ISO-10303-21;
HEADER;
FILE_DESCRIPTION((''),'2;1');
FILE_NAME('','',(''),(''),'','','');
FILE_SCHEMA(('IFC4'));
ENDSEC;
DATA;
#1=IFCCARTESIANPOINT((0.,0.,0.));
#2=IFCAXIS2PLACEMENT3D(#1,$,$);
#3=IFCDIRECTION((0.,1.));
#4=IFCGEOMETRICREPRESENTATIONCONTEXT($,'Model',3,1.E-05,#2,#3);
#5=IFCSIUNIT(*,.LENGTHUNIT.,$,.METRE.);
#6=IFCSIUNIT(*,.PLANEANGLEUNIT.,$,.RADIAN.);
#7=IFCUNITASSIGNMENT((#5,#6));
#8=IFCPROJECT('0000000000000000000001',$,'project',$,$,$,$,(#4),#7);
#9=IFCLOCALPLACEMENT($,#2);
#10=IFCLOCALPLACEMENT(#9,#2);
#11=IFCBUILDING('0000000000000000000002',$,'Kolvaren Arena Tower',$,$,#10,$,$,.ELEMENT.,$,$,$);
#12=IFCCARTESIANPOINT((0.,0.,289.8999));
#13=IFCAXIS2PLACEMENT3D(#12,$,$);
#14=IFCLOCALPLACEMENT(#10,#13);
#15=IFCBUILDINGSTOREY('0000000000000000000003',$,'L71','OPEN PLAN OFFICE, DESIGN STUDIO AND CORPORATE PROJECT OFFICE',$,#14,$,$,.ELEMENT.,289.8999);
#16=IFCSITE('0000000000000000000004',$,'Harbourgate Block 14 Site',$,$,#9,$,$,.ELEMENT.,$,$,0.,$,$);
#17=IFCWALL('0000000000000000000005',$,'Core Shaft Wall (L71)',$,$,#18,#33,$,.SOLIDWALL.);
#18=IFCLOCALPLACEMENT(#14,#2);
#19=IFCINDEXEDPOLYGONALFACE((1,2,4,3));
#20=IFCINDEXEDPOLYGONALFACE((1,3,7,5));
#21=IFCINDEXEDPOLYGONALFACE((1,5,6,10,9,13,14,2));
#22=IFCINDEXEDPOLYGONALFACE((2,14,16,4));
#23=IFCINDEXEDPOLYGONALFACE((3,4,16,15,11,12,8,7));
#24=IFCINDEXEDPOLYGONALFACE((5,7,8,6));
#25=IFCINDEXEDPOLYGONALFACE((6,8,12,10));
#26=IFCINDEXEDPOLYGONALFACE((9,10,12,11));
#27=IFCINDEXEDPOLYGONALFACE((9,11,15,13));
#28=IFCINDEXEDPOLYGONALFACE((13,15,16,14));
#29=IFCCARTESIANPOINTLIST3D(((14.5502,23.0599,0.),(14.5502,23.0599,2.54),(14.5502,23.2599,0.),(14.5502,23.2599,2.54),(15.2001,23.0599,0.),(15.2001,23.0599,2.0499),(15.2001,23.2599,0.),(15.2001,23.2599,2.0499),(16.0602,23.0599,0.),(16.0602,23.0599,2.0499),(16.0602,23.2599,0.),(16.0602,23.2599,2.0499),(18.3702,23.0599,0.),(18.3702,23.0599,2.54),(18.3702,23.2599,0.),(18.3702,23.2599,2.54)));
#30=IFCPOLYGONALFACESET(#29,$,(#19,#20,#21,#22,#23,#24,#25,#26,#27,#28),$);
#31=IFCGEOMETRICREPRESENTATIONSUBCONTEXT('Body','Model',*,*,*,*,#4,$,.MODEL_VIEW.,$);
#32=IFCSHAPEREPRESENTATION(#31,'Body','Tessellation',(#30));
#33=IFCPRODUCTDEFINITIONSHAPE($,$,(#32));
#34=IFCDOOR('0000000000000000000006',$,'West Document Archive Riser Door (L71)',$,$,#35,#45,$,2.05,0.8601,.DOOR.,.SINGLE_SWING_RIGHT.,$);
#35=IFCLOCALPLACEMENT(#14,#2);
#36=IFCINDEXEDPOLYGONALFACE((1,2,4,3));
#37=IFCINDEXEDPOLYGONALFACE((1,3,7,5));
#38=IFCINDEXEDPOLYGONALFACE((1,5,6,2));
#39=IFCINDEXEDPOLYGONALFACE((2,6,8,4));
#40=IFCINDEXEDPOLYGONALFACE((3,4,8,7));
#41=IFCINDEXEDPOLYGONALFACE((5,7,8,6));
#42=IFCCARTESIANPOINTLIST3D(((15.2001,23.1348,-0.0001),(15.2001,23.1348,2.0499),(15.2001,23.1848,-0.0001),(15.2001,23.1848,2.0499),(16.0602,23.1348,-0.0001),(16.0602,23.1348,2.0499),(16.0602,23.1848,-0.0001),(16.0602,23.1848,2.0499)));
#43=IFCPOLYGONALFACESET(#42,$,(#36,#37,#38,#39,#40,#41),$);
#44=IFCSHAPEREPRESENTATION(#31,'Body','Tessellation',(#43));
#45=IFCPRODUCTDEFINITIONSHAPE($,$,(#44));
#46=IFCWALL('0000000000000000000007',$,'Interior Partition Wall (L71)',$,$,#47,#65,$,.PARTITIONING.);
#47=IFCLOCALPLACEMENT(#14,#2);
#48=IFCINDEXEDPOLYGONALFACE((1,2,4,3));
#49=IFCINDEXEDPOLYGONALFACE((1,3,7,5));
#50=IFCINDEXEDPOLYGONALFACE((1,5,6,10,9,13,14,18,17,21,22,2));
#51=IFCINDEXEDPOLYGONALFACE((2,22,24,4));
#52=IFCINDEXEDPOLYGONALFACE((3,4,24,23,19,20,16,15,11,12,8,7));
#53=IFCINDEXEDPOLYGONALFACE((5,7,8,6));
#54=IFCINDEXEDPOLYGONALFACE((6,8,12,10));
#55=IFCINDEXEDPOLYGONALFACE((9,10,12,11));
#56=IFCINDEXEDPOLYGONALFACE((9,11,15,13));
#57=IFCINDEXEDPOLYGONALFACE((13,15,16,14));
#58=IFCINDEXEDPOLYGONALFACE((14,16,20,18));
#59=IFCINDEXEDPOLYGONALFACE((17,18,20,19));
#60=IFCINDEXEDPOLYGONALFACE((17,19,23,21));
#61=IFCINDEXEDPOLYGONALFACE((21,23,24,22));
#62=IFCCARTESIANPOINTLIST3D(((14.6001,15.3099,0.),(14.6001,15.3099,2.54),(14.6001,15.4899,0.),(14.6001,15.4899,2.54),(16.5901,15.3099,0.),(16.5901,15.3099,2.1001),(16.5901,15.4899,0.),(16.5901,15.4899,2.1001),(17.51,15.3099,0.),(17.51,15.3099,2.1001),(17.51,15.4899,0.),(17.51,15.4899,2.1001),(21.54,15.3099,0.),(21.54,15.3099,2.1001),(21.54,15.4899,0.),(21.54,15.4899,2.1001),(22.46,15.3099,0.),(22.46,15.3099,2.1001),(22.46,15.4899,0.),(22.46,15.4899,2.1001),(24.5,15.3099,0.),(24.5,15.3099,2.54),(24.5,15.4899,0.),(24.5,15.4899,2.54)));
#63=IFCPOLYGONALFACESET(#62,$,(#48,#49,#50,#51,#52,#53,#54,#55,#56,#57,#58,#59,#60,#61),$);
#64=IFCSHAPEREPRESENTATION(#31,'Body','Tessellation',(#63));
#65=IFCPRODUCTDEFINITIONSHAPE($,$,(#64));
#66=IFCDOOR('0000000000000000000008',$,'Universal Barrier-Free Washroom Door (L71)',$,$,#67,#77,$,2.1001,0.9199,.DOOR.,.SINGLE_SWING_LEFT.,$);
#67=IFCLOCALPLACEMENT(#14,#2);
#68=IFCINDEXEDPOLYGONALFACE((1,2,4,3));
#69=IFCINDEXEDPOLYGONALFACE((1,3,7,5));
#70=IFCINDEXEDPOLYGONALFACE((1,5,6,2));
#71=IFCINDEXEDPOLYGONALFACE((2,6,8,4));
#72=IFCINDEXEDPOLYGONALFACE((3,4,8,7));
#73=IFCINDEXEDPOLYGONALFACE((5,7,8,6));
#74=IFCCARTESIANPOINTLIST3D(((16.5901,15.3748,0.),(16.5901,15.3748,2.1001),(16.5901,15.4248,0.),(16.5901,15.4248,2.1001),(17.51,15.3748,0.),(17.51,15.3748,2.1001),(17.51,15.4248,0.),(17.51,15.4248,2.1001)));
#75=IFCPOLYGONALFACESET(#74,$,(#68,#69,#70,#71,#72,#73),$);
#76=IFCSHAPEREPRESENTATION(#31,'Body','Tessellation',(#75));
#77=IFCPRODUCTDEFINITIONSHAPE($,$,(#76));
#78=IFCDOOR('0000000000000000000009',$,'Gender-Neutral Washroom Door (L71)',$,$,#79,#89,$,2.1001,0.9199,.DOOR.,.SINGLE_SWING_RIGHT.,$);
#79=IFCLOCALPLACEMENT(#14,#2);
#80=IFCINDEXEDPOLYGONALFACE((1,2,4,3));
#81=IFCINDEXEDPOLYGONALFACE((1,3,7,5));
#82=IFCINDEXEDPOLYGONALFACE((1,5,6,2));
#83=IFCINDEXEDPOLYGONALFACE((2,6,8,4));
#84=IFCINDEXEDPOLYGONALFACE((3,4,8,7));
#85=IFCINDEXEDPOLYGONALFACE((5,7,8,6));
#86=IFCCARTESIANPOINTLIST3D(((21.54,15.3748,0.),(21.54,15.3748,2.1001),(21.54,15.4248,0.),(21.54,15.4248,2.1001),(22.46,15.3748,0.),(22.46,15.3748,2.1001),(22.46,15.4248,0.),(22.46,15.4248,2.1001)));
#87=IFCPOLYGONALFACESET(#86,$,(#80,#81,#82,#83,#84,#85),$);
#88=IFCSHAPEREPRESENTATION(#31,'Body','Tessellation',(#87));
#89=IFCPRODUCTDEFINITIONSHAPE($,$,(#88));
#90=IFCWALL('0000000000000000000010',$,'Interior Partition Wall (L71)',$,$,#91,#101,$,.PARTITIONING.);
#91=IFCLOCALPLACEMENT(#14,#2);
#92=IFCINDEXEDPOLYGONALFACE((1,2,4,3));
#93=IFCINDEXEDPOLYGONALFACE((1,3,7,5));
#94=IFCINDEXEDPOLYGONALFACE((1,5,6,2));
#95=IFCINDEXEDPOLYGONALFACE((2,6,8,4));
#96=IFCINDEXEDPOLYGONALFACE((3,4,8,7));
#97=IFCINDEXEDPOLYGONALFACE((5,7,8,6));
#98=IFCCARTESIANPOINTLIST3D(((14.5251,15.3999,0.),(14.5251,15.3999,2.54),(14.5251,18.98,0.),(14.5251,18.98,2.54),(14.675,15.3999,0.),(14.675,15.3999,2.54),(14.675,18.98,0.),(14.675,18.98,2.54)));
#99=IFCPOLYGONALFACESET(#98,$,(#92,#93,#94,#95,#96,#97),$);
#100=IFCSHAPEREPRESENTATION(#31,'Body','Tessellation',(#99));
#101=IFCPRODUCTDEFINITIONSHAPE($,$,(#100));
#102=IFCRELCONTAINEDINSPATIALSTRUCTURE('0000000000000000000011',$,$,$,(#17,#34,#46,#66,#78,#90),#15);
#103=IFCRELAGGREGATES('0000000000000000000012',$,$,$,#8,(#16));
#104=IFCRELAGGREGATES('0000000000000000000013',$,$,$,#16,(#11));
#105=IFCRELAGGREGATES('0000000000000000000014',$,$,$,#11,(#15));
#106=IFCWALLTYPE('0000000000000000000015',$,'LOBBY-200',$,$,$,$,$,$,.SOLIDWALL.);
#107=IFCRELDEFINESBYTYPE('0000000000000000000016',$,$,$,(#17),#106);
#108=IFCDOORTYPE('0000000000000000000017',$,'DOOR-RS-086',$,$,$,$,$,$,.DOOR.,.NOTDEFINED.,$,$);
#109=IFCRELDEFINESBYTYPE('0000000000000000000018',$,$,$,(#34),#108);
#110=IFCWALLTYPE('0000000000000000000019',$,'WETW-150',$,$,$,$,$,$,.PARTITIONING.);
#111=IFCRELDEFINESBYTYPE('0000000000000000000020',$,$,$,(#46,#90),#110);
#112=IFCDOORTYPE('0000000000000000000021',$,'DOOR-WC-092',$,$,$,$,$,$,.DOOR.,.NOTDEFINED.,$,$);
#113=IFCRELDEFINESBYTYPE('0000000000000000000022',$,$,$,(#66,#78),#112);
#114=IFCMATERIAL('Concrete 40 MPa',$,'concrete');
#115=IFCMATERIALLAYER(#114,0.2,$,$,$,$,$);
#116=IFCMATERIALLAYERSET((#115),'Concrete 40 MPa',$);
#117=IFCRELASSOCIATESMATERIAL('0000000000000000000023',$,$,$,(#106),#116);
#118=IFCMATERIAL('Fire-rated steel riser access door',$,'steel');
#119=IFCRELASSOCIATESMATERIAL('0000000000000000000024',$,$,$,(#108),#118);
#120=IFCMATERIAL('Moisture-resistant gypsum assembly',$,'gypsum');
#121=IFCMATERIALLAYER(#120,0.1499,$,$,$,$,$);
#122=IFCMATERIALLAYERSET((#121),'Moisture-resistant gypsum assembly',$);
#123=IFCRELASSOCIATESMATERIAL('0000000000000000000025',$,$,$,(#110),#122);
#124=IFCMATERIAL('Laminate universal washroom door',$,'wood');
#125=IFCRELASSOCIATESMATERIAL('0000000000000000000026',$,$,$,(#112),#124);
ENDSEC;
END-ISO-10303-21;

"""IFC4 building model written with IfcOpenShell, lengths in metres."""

from ifc_helpers import new_model, si_unit, direction, frame, frame_2d, origin, place, context, subcontext, project, spatial, rectangle, extrude, material, layer, layer_set, type_object, element, fill, save


model = new_model("IFC4")

# Units and contexts
model_context = context("Model", 3, precision=1e-05, world=origin(), true_north=direction((0.0, 1.0)))
body_context = subcontext(model_context, "Body", "Model", "MODEL_VIEW")
ifc_project = project(units=[si_unit("LENGTHUNIT", "METRE"), si_unit("PLANEANGLEUNIT", "RADIAN")], contexts=[model_context])

# Site, building, storey
site_placement = place(None, origin())
site = spatial("IfcSite", under=ifc_project, at=site_placement, Name="Harbourgate Block 14 Site", CompositionType="ELEMENT", RefElevation=0.0)
building_placement = place(site_placement, origin())
building = spatial("IfcBuilding", under=site, at=building_placement, Name="Kolvaren Arena Tower", CompositionType="ELEMENT")
storey_placement = place(building_placement, frame((0.0, 0.0, 289.8999)))
storey = spatial("IfcBuildingStorey", under=building, at=storey_placement, Name="L71", Description="OPEN PLAN OFFICE, DESIGN STUDIO AND CORPORATE PROJECT OFFICE", CompositionType="ELEMENT", Elevation=289.8999)

# Wall, opening, door
ifc_material_1 = material(Name="Concrete 40 MPa", Category="concrete")
ifc_layer_1 = layer(ifc_material_1, 0.2)
ifc_layer_set_1 = layer_set([ifc_layer_1], Name="Concrete 40 MPa")
wall_type_1 = type_object("IfcWallType", Name="LOBBY-200", PredefinedType="SOLIDWALL", material=ifc_layer_set_1)
wall_1_placement = place(storey_placement, frame((14.55, 23.1599, 0.0), z_axis=(0.0, 0.0, 1.0), x_axis=(1.0, 0.0, 0.0)))
wall_1 = element("IfcWall", 1, at=wall_1_placement, inside=storey, type_object=wall_type_1, Name="Core Shaft Wall (L71)", PredefinedType="SOLIDWALL", context=body_context, shape_type="SweptSolid", body=[
    extrude(rectangle(XDim=3.8201, YDim=0.2, at=frame_2d((1.9102, 0.0))), origin(), (0.0, 0.0, 1.0), 2.54),
])
opening_1_placement = place(wall_1_placement, frame((0.6499, 0.0, 0.0)))
opening_1 = element("IfcOpeningElement", 2, at=opening_1_placement, cuts=wall_1, PredefinedType="OPENING", context=body_context, shape_type="SweptSolid", body=[
    extrude(rectangle(XDim=0.8601, YDim=2.05, at=frame_2d((0.4302, 1.0249))), frame((0.0, 0.1099, 0.0), z_axis=(0.0, -1.0, 0.0), x_axis=(1.0, 0.0, 0.0)), (0.0, 0.0, 1.0), 0.22),
])
ifc_material_2 = material(Name="Fire-rated steel riser access door", Category="steel")
door_type_1 = type_object("IfcDoorType", Name="DOOR-RS-086", OperationType="NOTDEFINED", PredefinedType="DOOR", material=ifc_material_2)
door_1_placement = place(opening_1_placement, origin())
door_1 = element("IfcDoor", 3, at=door_1_placement, inside=storey, type_object=door_type_1, Name="West Document Archive Riser Door (L71)", OperationType="SINGLE_SWING_RIGHT", OverallHeight=2.05, OverallWidth=0.8601, PredefinedType="DOOR", context=body_context, shape_type="SweptSolid", body=[
    extrude(rectangle(XDim=0.8601, YDim=2.05, at=frame_2d((0.4302, 1.0249))), frame((0.0, 0.0249, 0.0), z_axis=(0.0, -1.0, 0.0), x_axis=(1.0, 0.0, 0.0)), (0.0, 0.0, 1.0), 0.05),
])
fill(opening_1, door_1)

# Wall, openings, doors
ifc_material_3 = material(Name="Moisture-resistant gypsum assembly", Category="gypsum")
ifc_layer_2 = layer(ifc_material_3, 0.1499)
ifc_layer_set_2 = layer_set([ifc_layer_2], Name="Moisture-resistant gypsum assembly")
wall_type_2 = type_object("IfcWallType", Name="WETW-150", PredefinedType="PARTITIONING", material=ifc_layer_set_2)
wall_2_placement = place(storey_placement, frame((14.6001, 15.3999, 0.0), z_axis=(0.0, 0.0, 1.0), x_axis=(1.0, 0.0, 0.0)))
wall_2 = element("IfcWall", 4, at=wall_2_placement, inside=storey, type_object=wall_type_2, Name="Interior Partition Wall (L71)", PredefinedType="PARTITIONING", context=body_context, shape_type="SweptSolid", body=[
    extrude(rectangle(XDim=9.8999, YDim=0.1799, at=frame_2d((4.95, 0.0))), origin(), (0.0, 0.0, 1.0), 2.54),
])
opening_2_placement = place(wall_2_placement, frame((1.99, 0.0, 0.0)))
opening_2 = element("IfcOpeningElement", 5, at=opening_2_placement, cuts=wall_2, PredefinedType="OPENING", context=body_context, shape_type="SweptSolid", body=[
    extrude(rectangle(XDim=0.9199, YDim=2.1001, at=frame_2d((0.46, 1.05))), frame((0.0, 0.0999, 0.0), z_axis=(0.0, -1.0, 0.0), x_axis=(1.0, 0.0, 0.0)), (0.0, 0.0, 1.0), 0.2),
])
opening_3_placement = place(wall_2_placement, frame((6.9399, 0.0, 0.0)))
opening_3 = element("IfcOpeningElement", 6, at=opening_3_placement, cuts=wall_2, PredefinedType="OPENING", context=body_context, shape_type="SweptSolid", body=[
    extrude(rectangle(XDim=0.9199, YDim=2.1001, at=frame_2d((0.46, 1.05))), frame((0.0, 0.0999, 0.0), z_axis=(0.0, -1.0, 0.0), x_axis=(1.0, 0.0, 0.0)), (0.0, 0.0, 1.0), 0.2),
])
ifc_material_4 = material(Name="Laminate universal washroom door", Category="wood")
door_type_2 = type_object("IfcDoorType", Name="DOOR-WC-092", OperationType="NOTDEFINED", PredefinedType="DOOR", material=ifc_material_4)
door_2_placement = place(opening_2_placement, origin())
door_2 = element("IfcDoor", 7, at=door_2_placement, inside=storey, type_object=door_type_2, Name="Universal Barrier-Free Washroom Door (L71)", OperationType="SINGLE_SWING_LEFT", OverallHeight=2.1001, OverallWidth=0.9199, PredefinedType="DOOR", context=body_context, shape_type="SweptSolid", body=[
    extrude(rectangle(XDim=0.9199, YDim=2.1001, at=frame_2d((0.46, 1.05))), frame((0.0, 0.0249, 0.0), z_axis=(0.0, -1.0, 0.0), x_axis=(1.0, 0.0, 0.0)), (0.0, 0.0, 1.0), 0.05),
])
fill(opening_2, door_2)
door_3_placement = place(opening_3_placement, origin())
door_3 = element("IfcDoor", 8, at=door_3_placement, inside=storey, type_object=door_type_2, Name="Gender-Neutral Washroom Door (L71)", OperationType="SINGLE_SWING_RIGHT", OverallHeight=2.1001, OverallWidth=0.9199, PredefinedType="DOOR", context=body_context, shape_type="SweptSolid", body=[
    extrude(rectangle(XDim=0.9199, YDim=2.1001, at=frame_2d((0.46, 1.05))), frame((0.0, 0.0249, 0.0), z_axis=(0.0, -1.0, 0.0), x_axis=(1.0, 0.0, 0.0)), (0.0, 0.0, 1.0), 0.05),
])
fill(opening_3, door_3)

# Wall
wall_3_placement = place(storey_placement, frame((14.6001, 15.3999, 0.0), z_axis=(0.0, 0.0, 1.0), x_axis=(0.0, 1.0, 0.0)))
element("IfcWall", 9, at=wall_3_placement, inside=storey, type_object=wall_type_2, Name="Interior Partition Wall (L71)", PredefinedType="PARTITIONING", context=body_context, shape_type="SweptSolid", body=[
    extrude(rectangle(XDim=3.5801, YDim=0.1499, at=frame_2d((1.79, 0.0))), origin(), (0.0, 0.0, 1.0), 2.54),
])

save(model, "model.ifc")
